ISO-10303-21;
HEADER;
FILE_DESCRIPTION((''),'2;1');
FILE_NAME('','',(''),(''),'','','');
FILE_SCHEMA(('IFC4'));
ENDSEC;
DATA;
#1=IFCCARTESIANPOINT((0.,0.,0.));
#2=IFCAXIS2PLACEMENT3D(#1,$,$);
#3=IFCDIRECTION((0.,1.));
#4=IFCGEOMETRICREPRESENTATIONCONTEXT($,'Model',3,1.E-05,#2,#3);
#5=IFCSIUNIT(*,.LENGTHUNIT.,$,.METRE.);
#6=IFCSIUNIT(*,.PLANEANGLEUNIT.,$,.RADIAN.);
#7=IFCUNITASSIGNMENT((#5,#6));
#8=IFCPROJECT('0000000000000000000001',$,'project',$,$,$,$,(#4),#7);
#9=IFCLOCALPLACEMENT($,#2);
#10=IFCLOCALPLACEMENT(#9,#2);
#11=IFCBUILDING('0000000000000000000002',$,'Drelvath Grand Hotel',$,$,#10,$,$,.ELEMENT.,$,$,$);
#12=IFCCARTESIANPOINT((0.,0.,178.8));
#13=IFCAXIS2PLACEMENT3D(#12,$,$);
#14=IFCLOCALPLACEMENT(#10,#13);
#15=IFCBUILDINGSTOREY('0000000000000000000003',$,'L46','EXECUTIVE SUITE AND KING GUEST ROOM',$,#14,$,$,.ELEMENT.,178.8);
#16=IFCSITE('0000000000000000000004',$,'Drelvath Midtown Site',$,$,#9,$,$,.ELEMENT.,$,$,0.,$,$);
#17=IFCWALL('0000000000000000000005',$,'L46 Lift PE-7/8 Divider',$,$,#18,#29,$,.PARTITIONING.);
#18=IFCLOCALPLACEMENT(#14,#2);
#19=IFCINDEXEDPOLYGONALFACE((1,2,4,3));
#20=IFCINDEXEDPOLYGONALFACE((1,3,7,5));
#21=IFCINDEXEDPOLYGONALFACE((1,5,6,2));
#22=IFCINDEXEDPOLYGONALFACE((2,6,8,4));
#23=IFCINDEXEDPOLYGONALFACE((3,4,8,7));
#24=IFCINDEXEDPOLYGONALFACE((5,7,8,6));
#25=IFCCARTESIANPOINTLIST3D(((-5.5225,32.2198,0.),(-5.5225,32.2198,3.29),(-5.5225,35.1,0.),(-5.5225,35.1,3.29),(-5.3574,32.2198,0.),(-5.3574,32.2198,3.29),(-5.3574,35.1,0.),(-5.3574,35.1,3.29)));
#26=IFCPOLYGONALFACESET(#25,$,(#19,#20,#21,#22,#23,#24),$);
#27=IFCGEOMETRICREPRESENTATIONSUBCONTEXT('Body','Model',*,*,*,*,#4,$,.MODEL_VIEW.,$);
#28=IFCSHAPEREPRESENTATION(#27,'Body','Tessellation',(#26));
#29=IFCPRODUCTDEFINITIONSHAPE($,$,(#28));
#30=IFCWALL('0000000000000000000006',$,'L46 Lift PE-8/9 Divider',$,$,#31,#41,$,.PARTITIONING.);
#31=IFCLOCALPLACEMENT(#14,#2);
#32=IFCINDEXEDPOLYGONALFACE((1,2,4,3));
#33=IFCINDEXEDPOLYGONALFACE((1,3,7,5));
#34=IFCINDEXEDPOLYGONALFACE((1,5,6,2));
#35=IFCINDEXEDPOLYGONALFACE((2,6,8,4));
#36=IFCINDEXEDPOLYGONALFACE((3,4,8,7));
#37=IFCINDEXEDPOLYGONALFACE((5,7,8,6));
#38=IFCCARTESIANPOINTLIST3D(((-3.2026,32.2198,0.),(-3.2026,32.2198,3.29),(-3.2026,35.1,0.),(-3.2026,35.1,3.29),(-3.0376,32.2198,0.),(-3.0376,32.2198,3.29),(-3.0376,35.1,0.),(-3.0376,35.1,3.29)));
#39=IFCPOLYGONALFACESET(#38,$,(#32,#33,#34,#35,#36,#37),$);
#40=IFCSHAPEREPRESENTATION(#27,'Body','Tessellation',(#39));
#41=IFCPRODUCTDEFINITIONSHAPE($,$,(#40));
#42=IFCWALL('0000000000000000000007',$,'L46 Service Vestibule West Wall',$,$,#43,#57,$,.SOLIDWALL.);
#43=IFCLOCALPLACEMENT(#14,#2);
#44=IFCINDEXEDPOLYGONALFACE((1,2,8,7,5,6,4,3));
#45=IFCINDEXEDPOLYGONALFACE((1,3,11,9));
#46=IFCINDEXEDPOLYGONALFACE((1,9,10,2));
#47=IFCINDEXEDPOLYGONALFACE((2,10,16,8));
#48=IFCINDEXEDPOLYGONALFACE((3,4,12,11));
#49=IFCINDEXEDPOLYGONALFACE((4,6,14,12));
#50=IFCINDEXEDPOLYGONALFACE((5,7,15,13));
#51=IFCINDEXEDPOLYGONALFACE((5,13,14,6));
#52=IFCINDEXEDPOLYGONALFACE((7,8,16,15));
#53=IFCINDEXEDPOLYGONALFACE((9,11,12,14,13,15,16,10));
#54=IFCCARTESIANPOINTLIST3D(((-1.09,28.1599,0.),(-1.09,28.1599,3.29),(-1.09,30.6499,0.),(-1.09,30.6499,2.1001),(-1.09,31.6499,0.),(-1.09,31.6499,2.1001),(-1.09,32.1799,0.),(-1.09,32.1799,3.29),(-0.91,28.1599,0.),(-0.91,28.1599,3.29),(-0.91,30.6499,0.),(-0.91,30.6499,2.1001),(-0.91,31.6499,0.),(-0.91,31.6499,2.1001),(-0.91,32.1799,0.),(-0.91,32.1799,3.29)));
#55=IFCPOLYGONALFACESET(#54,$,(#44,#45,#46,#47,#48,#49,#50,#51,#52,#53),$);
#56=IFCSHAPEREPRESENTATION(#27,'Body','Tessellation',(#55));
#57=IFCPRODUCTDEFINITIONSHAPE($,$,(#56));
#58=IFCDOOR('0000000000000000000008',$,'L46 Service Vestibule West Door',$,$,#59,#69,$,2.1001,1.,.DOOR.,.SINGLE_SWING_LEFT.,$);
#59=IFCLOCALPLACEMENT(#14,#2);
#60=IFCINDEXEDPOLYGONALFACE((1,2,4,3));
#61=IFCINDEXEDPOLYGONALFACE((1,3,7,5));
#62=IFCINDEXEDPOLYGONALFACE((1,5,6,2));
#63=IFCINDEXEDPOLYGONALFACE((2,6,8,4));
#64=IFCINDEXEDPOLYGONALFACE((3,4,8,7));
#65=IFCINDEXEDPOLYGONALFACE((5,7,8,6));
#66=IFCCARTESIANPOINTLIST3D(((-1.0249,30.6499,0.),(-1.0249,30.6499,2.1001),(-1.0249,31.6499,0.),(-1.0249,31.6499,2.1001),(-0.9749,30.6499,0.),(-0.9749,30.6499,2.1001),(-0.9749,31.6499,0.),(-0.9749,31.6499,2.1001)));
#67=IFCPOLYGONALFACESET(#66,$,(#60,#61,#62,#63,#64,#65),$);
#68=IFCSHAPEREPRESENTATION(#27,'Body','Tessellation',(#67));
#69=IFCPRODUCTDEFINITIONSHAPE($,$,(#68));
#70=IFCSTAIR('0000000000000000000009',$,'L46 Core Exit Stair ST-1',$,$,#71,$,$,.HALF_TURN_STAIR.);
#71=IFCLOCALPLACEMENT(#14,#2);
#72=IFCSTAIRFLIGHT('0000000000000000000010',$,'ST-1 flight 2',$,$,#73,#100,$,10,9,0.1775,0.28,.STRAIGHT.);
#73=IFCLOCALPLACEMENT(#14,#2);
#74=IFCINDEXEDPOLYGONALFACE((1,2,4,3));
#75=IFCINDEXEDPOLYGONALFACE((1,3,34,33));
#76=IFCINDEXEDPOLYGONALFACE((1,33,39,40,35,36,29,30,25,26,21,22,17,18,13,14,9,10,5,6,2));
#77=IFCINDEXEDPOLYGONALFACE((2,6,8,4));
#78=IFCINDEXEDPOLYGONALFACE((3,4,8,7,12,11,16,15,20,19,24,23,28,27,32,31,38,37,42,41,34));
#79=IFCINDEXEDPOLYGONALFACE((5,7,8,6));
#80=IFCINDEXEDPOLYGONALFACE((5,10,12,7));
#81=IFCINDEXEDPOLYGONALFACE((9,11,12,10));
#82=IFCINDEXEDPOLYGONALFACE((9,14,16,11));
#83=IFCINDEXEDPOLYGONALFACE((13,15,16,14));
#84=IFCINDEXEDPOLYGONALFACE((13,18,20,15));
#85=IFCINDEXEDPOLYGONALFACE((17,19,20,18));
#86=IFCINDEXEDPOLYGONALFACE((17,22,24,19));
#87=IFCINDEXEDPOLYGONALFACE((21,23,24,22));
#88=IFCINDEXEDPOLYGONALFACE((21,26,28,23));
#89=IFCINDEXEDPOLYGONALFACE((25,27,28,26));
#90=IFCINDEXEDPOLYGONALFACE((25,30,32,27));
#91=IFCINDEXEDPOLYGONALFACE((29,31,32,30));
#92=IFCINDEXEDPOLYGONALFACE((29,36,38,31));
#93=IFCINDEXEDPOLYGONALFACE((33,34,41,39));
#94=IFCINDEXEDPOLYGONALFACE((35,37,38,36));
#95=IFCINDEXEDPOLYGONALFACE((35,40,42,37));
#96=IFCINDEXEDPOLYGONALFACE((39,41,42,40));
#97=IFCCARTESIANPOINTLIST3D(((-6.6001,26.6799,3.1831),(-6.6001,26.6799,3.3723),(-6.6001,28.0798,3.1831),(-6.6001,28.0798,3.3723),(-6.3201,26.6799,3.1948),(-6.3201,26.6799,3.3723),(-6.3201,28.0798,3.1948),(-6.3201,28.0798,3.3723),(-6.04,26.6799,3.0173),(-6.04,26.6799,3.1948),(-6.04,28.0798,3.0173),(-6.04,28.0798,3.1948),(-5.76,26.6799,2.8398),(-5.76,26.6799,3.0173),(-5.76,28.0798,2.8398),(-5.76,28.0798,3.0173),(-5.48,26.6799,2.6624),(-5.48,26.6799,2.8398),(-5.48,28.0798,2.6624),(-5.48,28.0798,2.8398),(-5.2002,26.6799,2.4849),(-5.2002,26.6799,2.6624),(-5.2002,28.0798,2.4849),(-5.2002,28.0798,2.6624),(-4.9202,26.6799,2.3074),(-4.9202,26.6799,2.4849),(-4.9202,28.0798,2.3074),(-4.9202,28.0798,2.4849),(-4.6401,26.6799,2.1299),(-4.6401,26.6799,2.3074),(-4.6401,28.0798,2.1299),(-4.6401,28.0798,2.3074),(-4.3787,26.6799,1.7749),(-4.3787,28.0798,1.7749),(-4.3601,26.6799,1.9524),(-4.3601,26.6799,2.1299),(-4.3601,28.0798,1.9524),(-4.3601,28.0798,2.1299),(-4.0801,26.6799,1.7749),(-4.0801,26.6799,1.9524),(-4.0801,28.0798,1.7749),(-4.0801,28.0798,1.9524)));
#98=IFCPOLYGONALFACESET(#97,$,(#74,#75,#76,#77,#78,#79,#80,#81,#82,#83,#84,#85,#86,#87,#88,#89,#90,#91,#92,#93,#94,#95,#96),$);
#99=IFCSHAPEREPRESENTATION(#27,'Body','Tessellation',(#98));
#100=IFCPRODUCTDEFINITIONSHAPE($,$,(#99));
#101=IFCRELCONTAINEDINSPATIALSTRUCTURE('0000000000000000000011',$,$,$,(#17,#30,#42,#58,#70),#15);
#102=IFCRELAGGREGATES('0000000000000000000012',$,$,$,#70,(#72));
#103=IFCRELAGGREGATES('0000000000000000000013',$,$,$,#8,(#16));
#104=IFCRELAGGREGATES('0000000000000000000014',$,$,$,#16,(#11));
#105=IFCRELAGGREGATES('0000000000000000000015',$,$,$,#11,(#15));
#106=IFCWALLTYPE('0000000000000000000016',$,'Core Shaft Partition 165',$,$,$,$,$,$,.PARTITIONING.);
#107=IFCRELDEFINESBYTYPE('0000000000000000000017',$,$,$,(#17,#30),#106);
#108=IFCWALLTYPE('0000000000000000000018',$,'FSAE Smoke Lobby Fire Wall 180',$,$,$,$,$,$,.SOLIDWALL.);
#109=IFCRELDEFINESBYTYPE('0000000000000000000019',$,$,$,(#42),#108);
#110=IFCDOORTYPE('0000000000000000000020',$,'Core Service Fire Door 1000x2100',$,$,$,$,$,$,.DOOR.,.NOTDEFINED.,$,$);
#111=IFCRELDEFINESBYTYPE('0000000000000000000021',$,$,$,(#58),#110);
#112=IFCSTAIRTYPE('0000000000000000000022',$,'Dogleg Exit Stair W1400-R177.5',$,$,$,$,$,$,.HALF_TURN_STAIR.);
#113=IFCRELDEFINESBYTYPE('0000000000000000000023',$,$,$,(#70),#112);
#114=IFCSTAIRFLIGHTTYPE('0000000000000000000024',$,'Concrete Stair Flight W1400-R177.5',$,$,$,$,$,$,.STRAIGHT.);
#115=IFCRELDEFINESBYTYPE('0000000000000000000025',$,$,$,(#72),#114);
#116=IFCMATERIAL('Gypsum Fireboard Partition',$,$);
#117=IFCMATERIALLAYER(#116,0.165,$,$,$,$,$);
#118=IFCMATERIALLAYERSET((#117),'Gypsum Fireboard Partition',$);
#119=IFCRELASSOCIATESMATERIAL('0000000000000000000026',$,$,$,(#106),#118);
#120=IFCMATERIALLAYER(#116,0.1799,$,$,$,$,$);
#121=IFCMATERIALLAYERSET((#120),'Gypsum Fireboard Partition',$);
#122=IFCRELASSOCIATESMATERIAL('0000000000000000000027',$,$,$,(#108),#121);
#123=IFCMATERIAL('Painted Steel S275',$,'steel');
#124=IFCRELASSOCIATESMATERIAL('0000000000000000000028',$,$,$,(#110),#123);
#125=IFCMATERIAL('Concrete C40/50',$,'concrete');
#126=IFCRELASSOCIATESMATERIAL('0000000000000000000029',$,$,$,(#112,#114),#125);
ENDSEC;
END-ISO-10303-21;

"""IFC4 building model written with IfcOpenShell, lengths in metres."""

from ifc_helpers import new_model, si_unit, direction, frame, frame_2d, origin, place, context, subcontext, project, spatial, polyline, rectangle, outline, extrude, material, layer, layer_set, type_object, element, fill, aggregate, save


model = new_model("IFC4")

# Units and contexts
model_context = context("Model", 3, precision=1e-05, world=origin(), true_north=direction((0.0, 1.0)))
body_context = subcontext(model_context, "Body", "Model", "MODEL_VIEW")
ifc_project = project(units=[si_unit("LENGTHUNIT", "METRE"), si_unit("PLANEANGLEUNIT", "RADIAN")], contexts=[model_context])

# Site, building, storey
site_placement = place(None, origin())
site = spatial("IfcSite", under=ifc_project, at=site_placement, Name="Drelvath Midtown Site", CompositionType="ELEMENT", RefElevation=0.0)
building_placement = place(site_placement, origin())
building = spatial("IfcBuilding", under=site, at=building_placement, Name="Drelvath Grand Hotel", CompositionType="ELEMENT")
storey_placement = place(building_placement, frame((0.0, 0.0, 178.8)))
storey = spatial("IfcBuildingStorey", under=building, at=storey_placement, Name="L46", Description="EXECUTIVE SUITE AND KING GUEST ROOM", CompositionType="ELEMENT", Elevation=178.8)

# Shared definitions
ifc_material_1 = material(Name="Painted Steel S275", Category="steel")

# Shared definitions
ifc_material_2 = material(Name="Concrete C40/50", Category="concrete")

# Walls
ifc_material_3 = material(Name="Gypsum Fireboard Partition")
ifc_layer_1 = layer(ifc_material_3, 0.165)
ifc_layer_set_1 = layer_set([ifc_layer_1], Name="Gypsum Fireboard Partition")
wall_type_1 = type_object("IfcWallType", Name="Core Shaft Partition 165", PredefinedType="PARTITIONING", material=ifc_layer_set_1)
for number, where, z_axis, x_axis, name in (
    (1, (-5.4399, 32.22, 0.0), (0.0, 0.0, 1.0), (0.0, 1.0, 0.0), "L46 Lift PE-7/8 Divider"),
    (2, (-3.1201, 32.22, 0.0), (0.0, 0.0, 1.0), (0.0, 1.0, 0.0), "L46 Lift PE-8/9 Divider"),
):
    element("IfcWall", number, at=place(storey_placement, frame(where, z_axis=z_axis, x_axis=x_axis)), inside=storey, type_object=wall_type_1, Name=name, PredefinedType="PARTITIONING", context=body_context, shape_type="SweptSolid", body=[
        extrude(rectangle(XDim=2.8801, YDim=0.165, at=frame_2d((1.4399, 0.0))), origin(), (0.0, 0.0, 1.0), 3.29),
    ])

# Wall, opening, door
ifc_layer_2 = layer(ifc_material_3, 0.1799)
ifc_layer_set_2 = layer_set([ifc_layer_2], Name="Gypsum Fireboard Partition")
wall_type_2 = type_object("IfcWallType", Name="FSAE Smoke Lobby Fire Wall 180", PredefinedType="SOLIDWALL", material=ifc_layer_set_2)
wall_1_placement = place(storey_placement, frame((-1.0, 28.1599, 0.0), z_axis=(0.0, 0.0, 1.0), x_axis=(0.0, 1.0, 0.0)))
wall_1 = element("IfcWall", 3, at=wall_1_placement, inside=storey, type_object=wall_type_2, Name="L46 Service Vestibule West Wall", PredefinedType="SOLIDWALL", context=body_context, shape_type="SweptSolid", body=[
    extrude(rectangle(XDim=4.02, YDim=0.1799, at=frame_2d((2.01, 0.0))), origin(), (0.0, 0.0, 1.0), 3.29),
])
opening_1_placement = place(wall_1_placement, frame((2.49, 0.0, 0.0)))
opening_1 = element("IfcOpeningElement", 4, at=opening_1_placement, cuts=wall_1, PredefinedType="OPENING", context=body_context, shape_type="SweptSolid", body=[
    extrude(rectangle(XDim=1.0, YDim=2.1001, at=frame_2d((0.5, 1.05))), frame((0.0, 0.0999, 0.0), z_axis=(0.0, -1.0, 0.0), x_axis=(1.0, 0.0, 0.0)), (0.0, 0.0, 1.0), 0.2),
])
door_type_1 = type_object("IfcDoorType", Name="Core Service Fire Door 1000x2100", OperationType="NOTDEFINED", PredefinedType="DOOR", material=ifc_material_1)
door_1_placement = place(opening_1_placement, origin())
door_1 = element("IfcDoor", 5, at=door_1_placement, inside=storey, type_object=door_type_1, Name="L46 Service Vestibule West Door", OperationType="SINGLE_SWING_LEFT", OverallHeight=2.1001, OverallWidth=1.0, PredefinedType="DOOR", context=body_context, shape_type="SweptSolid", body=[
    extrude(rectangle(XDim=1.0, YDim=2.1001, at=frame_2d((0.5, 1.05))), frame((0.0, 0.0249, 0.0), z_axis=(0.0, -1.0, 0.0), x_axis=(1.0, 0.0, 0.0)), (0.0, 0.0, 1.0), 0.05),
])
fill(opening_1, door_1)

# Stair, stair flight
stair_type = type_object("IfcStairType", Name="Dogleg Exit Stair W1400-R177.5", PredefinedType="HALF_TURN_STAIR", material=ifc_material_2)
stair_placement = place(storey_placement, origin())
stair = element("IfcStair", 6, at=stair_placement, inside=storey, type_object=stair_type, Name="L46 Core Exit Stair ST-1", PredefinedType="HALF_TURN_STAIR")
stair_flight_type = type_object("IfcStairFlightType", Name="Concrete Stair Flight W1400-R177.5", PredefinedType="STRAIGHT", material=ifc_material_2)
stair_flight_placement = place(storey_placement, frame((-4.0801, 27.3799, 1.7749), z_axis=(0.0, 0.0, 1.0), x_axis=(-1.0, 0.0, 0.0)))
stair_flight = element("IfcStairFlight", 7, at=stair_flight_placement, type_object=stair_flight_type, Name="ST-1 flight 2", NumberOfRisers=10, NumberOfTreads=9, PredefinedType="STRAIGHT", RiserHeight=0.1775, TreadLength=0.28, context=body_context, shape_type="SweptSolid", body=[
    extrude(outline(polyline([(0.0, 0.0), (0.0, 0.1775), (0.28, 0.1775), (0.28, 0.355), (0.5601, 0.355), (0.5601, 0.5325), (0.8401, 0.5325), (0.8401, 0.71), (1.1201, 0.71), (1.1201, 0.8875), (1.3999, 0.8875), (1.3999, 1.0649), (1.6799, 1.0649), (1.6799, 1.2424), (1.96, 1.2424), (1.96, 1.4199), (2.24, 1.4199), (2.24, 1.5974), (2.52, 1.5974), (2.52, 1.7749), (2.52, 1.4082), (0.2986, 0.0), (0.0, 0.0)])), frame((0.0, 0.7, 0.0), z_axis=(0.0, -1.0, 0.0), x_axis=(1.0, 0.0, 0.0)), (0.0, 0.0, 1.0), 1.3999),
])
aggregate(stair, [stair_flight])

save(model, "model.ifc")
